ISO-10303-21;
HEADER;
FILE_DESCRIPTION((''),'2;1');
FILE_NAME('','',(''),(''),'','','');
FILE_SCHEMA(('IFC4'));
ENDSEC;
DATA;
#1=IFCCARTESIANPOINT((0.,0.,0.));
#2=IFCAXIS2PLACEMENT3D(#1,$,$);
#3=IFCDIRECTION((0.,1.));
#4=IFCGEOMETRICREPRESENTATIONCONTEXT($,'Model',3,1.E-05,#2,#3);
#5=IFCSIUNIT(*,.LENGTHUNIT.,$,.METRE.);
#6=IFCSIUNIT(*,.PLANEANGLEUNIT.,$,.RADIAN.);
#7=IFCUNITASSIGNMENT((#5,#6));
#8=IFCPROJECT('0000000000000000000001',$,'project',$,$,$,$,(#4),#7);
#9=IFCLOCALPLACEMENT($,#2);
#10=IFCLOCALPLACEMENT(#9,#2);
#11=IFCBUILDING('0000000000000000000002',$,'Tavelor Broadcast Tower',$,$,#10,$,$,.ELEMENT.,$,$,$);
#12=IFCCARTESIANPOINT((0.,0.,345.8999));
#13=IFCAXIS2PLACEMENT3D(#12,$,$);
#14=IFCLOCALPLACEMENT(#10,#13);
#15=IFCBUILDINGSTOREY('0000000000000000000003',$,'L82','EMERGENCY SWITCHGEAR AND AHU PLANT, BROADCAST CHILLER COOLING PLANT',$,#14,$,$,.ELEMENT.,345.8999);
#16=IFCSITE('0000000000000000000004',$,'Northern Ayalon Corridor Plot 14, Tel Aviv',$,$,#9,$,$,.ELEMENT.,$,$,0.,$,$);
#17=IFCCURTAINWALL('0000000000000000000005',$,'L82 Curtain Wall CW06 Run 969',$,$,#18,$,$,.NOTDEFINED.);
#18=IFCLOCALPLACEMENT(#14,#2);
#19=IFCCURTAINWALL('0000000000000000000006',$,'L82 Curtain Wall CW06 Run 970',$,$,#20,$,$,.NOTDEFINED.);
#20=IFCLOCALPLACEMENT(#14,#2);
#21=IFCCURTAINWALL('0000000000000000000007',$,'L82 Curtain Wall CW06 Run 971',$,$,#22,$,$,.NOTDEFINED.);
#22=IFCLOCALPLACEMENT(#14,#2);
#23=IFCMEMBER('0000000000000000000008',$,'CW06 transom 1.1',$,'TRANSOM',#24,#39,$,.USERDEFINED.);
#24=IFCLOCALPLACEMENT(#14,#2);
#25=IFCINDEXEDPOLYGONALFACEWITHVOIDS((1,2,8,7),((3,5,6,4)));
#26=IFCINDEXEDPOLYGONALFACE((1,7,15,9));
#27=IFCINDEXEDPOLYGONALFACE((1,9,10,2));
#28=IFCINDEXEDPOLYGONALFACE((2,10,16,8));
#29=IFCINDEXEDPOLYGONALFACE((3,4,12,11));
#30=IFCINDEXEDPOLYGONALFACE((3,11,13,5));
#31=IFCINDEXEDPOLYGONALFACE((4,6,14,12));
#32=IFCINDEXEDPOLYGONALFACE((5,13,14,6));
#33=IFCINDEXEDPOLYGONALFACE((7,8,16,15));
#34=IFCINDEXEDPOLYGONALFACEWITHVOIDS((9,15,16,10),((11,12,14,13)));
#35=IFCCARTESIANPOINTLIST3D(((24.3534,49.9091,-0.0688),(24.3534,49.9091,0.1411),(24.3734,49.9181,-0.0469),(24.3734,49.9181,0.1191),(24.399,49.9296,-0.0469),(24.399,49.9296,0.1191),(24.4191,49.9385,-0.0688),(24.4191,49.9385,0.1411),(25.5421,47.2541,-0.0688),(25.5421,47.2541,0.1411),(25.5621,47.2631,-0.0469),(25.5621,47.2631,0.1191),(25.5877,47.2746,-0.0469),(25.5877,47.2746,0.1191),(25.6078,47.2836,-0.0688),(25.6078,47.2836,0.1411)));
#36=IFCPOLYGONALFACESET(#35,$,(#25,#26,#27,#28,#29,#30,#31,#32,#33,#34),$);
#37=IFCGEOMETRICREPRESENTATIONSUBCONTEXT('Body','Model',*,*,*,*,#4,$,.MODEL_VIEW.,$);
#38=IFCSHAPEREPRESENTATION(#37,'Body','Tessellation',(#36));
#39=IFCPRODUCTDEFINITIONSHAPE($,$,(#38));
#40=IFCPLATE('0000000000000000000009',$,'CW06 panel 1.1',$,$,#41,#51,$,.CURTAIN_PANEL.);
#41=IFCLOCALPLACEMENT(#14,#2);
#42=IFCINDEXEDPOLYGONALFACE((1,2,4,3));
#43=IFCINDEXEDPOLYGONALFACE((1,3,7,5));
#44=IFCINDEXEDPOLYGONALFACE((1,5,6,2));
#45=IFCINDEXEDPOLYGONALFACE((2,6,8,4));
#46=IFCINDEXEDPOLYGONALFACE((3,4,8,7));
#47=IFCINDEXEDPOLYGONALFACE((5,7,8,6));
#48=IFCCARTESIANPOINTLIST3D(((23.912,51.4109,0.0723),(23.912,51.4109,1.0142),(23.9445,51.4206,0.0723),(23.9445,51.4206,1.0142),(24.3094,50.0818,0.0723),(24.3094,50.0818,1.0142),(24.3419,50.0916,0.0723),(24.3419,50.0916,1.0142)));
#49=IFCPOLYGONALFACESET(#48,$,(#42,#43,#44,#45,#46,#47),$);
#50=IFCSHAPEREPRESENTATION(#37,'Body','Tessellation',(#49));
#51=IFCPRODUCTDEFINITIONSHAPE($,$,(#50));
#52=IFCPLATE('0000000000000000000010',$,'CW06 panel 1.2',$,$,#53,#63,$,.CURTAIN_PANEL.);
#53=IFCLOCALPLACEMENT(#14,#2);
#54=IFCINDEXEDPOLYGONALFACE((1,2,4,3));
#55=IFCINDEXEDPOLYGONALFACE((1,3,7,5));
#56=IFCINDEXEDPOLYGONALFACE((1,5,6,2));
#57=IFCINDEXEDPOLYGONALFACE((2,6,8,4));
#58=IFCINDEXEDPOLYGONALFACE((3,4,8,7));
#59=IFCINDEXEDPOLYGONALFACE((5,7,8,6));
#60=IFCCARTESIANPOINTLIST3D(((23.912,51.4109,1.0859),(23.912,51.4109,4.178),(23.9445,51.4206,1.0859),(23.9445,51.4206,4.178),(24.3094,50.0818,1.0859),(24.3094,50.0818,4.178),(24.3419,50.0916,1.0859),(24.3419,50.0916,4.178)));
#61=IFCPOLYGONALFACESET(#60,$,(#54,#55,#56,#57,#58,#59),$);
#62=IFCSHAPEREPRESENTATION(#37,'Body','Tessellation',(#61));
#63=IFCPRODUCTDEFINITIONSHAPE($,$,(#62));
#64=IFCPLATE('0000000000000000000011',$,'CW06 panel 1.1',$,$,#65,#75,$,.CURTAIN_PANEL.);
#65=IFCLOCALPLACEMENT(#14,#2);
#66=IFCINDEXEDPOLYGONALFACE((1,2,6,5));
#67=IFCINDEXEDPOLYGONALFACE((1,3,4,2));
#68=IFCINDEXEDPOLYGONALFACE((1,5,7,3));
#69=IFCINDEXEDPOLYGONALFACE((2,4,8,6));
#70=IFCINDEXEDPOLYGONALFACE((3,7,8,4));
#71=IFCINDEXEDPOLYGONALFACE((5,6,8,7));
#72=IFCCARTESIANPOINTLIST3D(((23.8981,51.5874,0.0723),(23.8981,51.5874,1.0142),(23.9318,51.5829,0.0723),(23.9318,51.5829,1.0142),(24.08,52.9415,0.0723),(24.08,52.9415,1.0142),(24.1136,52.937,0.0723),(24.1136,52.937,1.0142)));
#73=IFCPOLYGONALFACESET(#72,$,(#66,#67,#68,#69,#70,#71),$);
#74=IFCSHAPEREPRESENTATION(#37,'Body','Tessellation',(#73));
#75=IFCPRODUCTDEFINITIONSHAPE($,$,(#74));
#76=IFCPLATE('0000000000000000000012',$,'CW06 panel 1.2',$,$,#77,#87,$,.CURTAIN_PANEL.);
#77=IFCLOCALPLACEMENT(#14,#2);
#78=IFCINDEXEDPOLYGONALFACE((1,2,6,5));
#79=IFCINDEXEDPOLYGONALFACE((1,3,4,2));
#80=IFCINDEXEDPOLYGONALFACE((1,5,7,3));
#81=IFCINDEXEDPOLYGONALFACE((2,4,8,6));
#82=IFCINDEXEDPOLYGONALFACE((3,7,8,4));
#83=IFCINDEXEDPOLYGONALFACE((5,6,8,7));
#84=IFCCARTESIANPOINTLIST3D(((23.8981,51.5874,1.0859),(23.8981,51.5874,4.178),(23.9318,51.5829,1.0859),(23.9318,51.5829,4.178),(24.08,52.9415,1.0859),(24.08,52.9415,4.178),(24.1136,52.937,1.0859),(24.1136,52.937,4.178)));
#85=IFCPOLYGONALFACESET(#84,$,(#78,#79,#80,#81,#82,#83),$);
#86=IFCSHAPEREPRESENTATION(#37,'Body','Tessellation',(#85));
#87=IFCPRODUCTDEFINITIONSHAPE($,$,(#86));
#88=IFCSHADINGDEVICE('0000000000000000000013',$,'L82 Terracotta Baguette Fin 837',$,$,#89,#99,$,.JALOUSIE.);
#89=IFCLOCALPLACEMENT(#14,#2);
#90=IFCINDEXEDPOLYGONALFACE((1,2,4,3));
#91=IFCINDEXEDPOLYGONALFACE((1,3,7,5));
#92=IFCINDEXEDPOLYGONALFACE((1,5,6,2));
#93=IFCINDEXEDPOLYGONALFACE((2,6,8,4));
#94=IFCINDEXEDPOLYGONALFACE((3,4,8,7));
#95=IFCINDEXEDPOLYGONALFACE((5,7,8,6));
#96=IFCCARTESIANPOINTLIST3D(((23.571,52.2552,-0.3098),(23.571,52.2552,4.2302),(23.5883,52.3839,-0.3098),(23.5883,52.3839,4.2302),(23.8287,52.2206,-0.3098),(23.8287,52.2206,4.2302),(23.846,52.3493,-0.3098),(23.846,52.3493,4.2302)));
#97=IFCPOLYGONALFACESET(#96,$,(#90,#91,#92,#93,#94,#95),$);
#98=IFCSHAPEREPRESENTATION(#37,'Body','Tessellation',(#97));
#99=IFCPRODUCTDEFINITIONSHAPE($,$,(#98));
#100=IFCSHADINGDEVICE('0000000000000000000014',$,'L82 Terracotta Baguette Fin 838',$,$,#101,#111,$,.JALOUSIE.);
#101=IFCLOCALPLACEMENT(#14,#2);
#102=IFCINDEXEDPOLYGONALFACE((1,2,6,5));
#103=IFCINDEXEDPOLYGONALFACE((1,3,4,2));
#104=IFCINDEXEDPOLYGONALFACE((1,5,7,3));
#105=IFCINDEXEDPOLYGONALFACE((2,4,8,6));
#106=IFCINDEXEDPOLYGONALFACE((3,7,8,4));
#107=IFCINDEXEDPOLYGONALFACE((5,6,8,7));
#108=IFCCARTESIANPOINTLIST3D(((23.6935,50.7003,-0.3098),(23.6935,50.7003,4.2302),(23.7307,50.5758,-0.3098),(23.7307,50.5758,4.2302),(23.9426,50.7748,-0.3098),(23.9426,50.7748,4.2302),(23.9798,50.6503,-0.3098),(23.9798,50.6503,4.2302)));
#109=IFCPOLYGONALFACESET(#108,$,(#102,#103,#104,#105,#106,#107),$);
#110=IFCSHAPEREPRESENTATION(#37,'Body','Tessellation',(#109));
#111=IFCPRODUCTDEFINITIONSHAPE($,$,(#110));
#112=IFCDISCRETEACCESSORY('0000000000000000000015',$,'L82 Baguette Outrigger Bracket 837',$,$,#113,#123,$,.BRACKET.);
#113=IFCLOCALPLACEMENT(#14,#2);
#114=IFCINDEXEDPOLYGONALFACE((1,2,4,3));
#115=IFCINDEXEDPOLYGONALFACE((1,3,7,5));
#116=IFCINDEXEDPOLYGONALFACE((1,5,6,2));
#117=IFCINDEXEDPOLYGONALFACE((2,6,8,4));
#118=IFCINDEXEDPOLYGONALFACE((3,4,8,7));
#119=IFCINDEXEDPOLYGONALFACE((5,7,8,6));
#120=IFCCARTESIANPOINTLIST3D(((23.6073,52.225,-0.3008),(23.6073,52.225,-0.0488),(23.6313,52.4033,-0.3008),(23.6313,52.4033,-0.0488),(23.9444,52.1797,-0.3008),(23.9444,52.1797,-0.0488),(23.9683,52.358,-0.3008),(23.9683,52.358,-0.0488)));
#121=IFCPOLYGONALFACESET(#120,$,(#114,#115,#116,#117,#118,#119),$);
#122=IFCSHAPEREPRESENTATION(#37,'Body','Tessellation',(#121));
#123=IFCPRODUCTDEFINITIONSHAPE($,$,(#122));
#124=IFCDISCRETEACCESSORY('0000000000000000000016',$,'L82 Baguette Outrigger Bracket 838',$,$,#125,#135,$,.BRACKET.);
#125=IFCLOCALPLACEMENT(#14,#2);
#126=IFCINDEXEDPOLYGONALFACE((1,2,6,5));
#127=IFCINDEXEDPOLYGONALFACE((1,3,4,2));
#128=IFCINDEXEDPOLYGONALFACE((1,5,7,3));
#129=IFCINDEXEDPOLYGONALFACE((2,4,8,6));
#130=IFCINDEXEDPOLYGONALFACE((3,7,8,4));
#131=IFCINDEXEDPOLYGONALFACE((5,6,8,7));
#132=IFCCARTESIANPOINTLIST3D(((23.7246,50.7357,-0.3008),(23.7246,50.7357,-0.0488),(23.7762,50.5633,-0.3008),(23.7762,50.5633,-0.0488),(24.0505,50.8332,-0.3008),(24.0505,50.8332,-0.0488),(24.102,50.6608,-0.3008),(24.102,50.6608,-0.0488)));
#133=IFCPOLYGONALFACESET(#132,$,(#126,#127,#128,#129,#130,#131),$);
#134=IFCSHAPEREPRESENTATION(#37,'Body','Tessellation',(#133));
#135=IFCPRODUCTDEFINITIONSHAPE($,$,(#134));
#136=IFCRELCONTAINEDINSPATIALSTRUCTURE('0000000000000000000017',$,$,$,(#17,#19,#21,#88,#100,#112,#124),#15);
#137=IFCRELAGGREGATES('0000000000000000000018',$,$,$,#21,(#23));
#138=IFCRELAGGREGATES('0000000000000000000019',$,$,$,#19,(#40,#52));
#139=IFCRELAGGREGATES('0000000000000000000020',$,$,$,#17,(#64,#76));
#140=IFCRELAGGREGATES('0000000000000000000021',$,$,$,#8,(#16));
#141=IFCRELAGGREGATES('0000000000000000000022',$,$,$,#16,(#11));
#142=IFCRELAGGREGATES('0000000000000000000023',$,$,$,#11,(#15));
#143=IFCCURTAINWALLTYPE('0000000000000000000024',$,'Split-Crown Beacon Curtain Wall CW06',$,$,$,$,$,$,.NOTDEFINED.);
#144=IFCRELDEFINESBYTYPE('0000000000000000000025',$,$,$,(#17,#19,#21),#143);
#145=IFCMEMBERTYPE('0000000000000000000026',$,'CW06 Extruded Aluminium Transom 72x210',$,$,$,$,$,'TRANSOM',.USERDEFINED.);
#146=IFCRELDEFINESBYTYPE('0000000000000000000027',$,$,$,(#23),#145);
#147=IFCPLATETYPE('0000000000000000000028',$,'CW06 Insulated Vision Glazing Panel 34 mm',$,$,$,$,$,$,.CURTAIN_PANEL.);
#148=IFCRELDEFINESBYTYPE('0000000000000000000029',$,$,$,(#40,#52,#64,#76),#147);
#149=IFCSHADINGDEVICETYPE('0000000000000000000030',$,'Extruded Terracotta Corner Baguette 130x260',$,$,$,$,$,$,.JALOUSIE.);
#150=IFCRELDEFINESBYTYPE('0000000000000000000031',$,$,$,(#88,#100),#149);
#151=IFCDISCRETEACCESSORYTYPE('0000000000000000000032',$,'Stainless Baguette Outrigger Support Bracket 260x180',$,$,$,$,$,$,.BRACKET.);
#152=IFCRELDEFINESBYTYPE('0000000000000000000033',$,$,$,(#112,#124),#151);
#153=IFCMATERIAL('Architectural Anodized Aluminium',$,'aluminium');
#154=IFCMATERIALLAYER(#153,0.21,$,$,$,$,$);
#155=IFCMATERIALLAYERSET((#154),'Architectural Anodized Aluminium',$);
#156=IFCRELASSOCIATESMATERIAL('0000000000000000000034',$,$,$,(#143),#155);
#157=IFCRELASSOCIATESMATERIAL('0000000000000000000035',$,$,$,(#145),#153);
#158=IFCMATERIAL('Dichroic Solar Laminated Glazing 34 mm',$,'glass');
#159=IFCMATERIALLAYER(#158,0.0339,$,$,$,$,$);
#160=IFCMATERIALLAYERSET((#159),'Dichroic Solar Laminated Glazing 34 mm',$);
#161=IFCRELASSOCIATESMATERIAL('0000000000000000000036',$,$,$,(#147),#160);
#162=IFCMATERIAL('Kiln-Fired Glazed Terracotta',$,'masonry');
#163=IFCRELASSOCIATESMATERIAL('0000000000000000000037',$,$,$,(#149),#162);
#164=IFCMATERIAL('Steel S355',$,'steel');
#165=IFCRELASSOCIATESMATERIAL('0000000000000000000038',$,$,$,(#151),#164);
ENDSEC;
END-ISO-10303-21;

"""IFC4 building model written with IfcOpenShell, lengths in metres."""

from ifc_helpers import new_model, si_unit, direction, frame, origin, origin_2d, place, context, subcontext, project, spatial, rectangle, hollow_rectangle, extrude, source, transform, mapped, material, layer, layer_set, material_profile, profile_set, type_object, type_shapes, element, aggregate, save


model = new_model("IFC4")

# Units and contexts
model_context = context("Model", 3, precision=1e-05, world=origin(), true_north=direction((0.0, 1.0)))
body_context = subcontext(model_context, "Body", "Model", "MODEL_VIEW")
ifc_project = project(units=[si_unit("LENGTHUNIT", "METRE"), si_unit("PLANEANGLEUNIT", "RADIAN")], contexts=[model_context])

# Site, building, storey
site_placement = place(None, origin())
site = spatial("IfcSite", under=ifc_project, at=site_placement, Name="Northern Ayalon Corridor Plot 14, Tel Aviv", CompositionType="ELEMENT", RefElevation=0.0)
building_placement = place(site_placement, origin())
building = spatial("IfcBuilding", under=site, at=building_placement, Name="Tavelor Broadcast Tower", CompositionType="ELEMENT")
storey_placement = place(building_placement, frame((0.0, 0.0, 345.8999)))
storey = spatial("IfcBuildingStorey", under=building, at=storey_placement, Name="L82", Description="EMERGENCY SWITCHGEAR AND AHU PLANT, BROADCAST CHILLER COOLING PLANT", CompositionType="ELEMENT", Elevation=345.8999)

# Curtain walls
ifc_material_1 = material(Name="Architectural Anodized Aluminium", Category="aluminium")
ifc_layer_1 = layer(ifc_material_1, 0.21)
ifc_layer_set_1 = layer_set([ifc_layer_1], Name="Architectural Anodized Aluminium")
curtain_wall_type = type_object("IfcCurtainWallType", Name="Split-Crown Beacon Curtain Wall CW06", PredefinedType="NOTDEFINED", material=ifc_layer_set_1)
curtain_wall_1_placement = place(storey_placement, origin())
curtain_wall_1 = element("IfcCurtainWall", 1, at=curtain_wall_1_placement, inside=storey, type_object=curtain_wall_type, Name="L82 Curtain Wall CW06 Run 969", PredefinedType="NOTDEFINED")
curtain_wall_2_placement = place(storey_placement, origin())
curtain_wall_2 = element("IfcCurtainWall", 2, at=curtain_wall_2_placement, inside=storey, type_object=curtain_wall_type, Name="L82 Curtain Wall CW06 Run 970", PredefinedType="NOTDEFINED")

# Curtain wall
curtain_wall_3_placement = place(storey_placement, origin())
curtain_wall_3 = element("IfcCurtainWall", 3, at=curtain_wall_3_placement, inside=storey, type_object=curtain_wall_type, Name="L82 Curtain Wall CW06 Run 971", PredefinedType="NOTDEFINED")

# Member
ifc_material_profile_1 = material_profile(ifc_material_1, hollow_rectangle(XDim=0.072, YDim=0.21, WallThickness=0.022, at=origin_2d()), Name="RHS 72x210x22")
ifc_profile_set_1 = profile_set([ifc_material_profile_1], Name="Architectural Anodized Aluminium")
member_type_1 = type_object("IfcMemberType", Name="CW06 Extruded Aluminium Transom 72x210", ElementType="TRANSOM", PredefinedType="USERDEFINED", material=ifc_profile_set_1)
shared_shape_1 = source(origin(), body_context, "Body", "SweptSolid", [
    extrude(hollow_rectangle(XDim=0.072, YDim=0.21, WallThickness=0.022, at=origin_2d()), origin(), (0.0, 0.0, 1.0), 2.9089),
])
member_1_placement = place(storey_placement, frame((24.3862, 49.9238, 0.0361), z_axis=(0.408637, -0.912697, 0.0), x_axis=(0.912697, 0.408637, 0.0)))
member_1 = element("IfcMember", 4, at=member_1_placement, type_object=member_type_1, Name="CW06 transom 1.1", ObjectType="TRANSOM", PredefinedType="USERDEFINED", context=body_context, shape_type="MappedRepresentation", body=[
    mapped(shared_shape_1, transform((0.0, 0.0, 0.0), scale=1.0)),
])
aggregate(curtain_wall_3, [member_1])

# Plates
ifc_material_2 = material(Name="Dichroic Solar Laminated Glazing 34 mm", Category="glass")
ifc_layer_2 = layer(ifc_material_2, 0.0339)
ifc_layer_set_2 = layer_set([ifc_layer_2], Name="Dichroic Solar Laminated Glazing 34 mm")
plate_type = type_object("IfcPlateType", Name="CW06 Insulated Vision Glazing Panel 34 mm", PredefinedType="CURTAIN_PANEL", material=ifc_layer_set_2)
shared_shape_2 = source(origin(), body_context, "Body", "SweptSolid", [
    extrude(rectangle(XDim=1.3872, YDim=0.0339, at=origin_2d()), origin(), (0.0, 0.0, 1.0), 0.9419),
])
plate_1_placement = place(storey_placement, frame((24.127, 50.7512, 0.0723), z_axis=(0.0, 0.0, 1.0), x_axis=(0.286491, -0.958083, 0.0)))
plate_1 = element("IfcPlate", 5, at=plate_1_placement, type_object=plate_type, Name="CW06 panel 1.1", PredefinedType="CURTAIN_PANEL", context=body_context, shape_type="MappedRepresentation", body=[
    mapped(shared_shape_2, transform((0.0, 0.0, 0.0), scale=1.0)),
])
shared_shape_3 = source(origin(), body_context, "Body", "SweptSolid", [
    extrude(rectangle(XDim=1.3872, YDim=0.0339, at=origin_2d()), origin(), (0.0, 0.0, 1.0), 3.092),
])
plate_2_placement = place(storey_placement, frame((24.127, 50.7512, 1.0859), z_axis=(0.0, 0.0, 1.0), x_axis=(0.286491, -0.958083, 0.0)))
plate_2 = element("IfcPlate", 6, at=plate_2_placement, type_object=plate_type, Name="CW06 panel 1.2", PredefinedType="CURTAIN_PANEL", context=body_context, shape_type="MappedRepresentation", body=[
    mapped(shared_shape_3, transform((0.0, 0.0, 0.0), scale=1.0)),
])
aggregate(curtain_wall_2, [plate_1, plate_2])
shared_shape_4 = source(origin(), body_context, "Body", "SweptSolid", [
    extrude(rectangle(XDim=1.3662, YDim=0.0339, at=origin_2d()), origin(), (0.0, 0.0, 1.0), 0.9419),
])
plate_3_placement = place(storey_placement, frame((24.0059, 52.2622, 0.0723), z_axis=(0.0, 0.0, 1.0), x_axis=(-0.133101, -0.991103, 0.0)))
plate_3 = element("IfcPlate", 7, at=plate_3_placement, type_object=plate_type, Name="CW06 panel 1.1", PredefinedType="CURTAIN_PANEL", context=body_context, shape_type="MappedRepresentation", body=[
    mapped(shared_shape_4, transform((0.0, 0.0, 0.0), scale=1.0)),
])
shared_shape_5 = source(origin(), body_context, "Body", "SweptSolid", [
    extrude(rectangle(XDim=1.3662, YDim=0.0339, at=origin_2d()), origin(), (0.0, 0.0, 1.0), 3.092),
])
type_shapes(plate_type, [shared_shape_2, shared_shape_3, shared_shape_4, shared_shape_5])
plate_4_placement = place(storey_placement, frame((24.0059, 52.2622, 1.0859), z_axis=(0.0, 0.0, 1.0), x_axis=(-0.133101, -0.991103, 0.0)))
plate_4 = element("IfcPlate", 8, at=plate_4_placement, type_object=plate_type, Name="CW06 panel 1.2", PredefinedType="CURTAIN_PANEL", context=body_context, shape_type="MappedRepresentation", body=[
    mapped(shared_shape_5, transform((0.0, 0.0, 0.0), scale=1.0)),
])
aggregate(curtain_wall_1, [plate_3, plate_4])

# Shading devices
ifc_material_3 = material(Name="Kiln-Fired Glazed Terracotta", Category="masonry")
shading_device_type = type_object("IfcShadingDeviceType", Name="Extruded Terracotta Corner Baguette 130x260", PredefinedType="JALOUSIE", material=ifc_material_3)
shared_shape_6 = source(origin(), body_context, "Body", "SweptSolid", [
    extrude(rectangle(XDim=0.1299, YDim=0.26, at=origin_2d()), origin(), (0.0, 0.0, 1.0), 4.54),
])
type_shapes(shading_device_type, [shared_shape_6])
for number, where, z_axis, x_axis, name in (
    (9, (23.7085, 52.3022, -0.3098), (0.0, 0.0, 1.0), (-0.133121, -0.9911, 0.0), "L82 Terracotta Baguette Fin 837"),
    (10, (23.8367, 50.6753, -0.3098), (0.0, 0.0, 1.0), (0.286525, -0.958073, 0.0), "L82 Terracotta Baguette Fin 838"),
):
    element("IfcShadingDevice", number, at=place(storey_placement, frame(where, z_axis=z_axis, x_axis=x_axis)), inside=storey, type_object=shading_device_type, Name=name, PredefinedType="JALOUSIE", context=body_context, shape_type="MappedRepresentation", body=[
        mapped(shared_shape_6, transform((0.0, 0.0, 0.0), scale=1.0)),
    ])

# Discrete accessories
ifc_material_4 = material(Name="Steel S355", Category="steel")
discrete_accessory_type = type_object("IfcDiscreteAccessoryType", Name="Stainless Baguette Outrigger Support Bracket 260x180", PredefinedType="BRACKET", material=ifc_material_4)
shared_shape_7 = source(origin(), body_context, "Body", "SweptSolid", [
    extrude(rectangle(XDim=0.1799, YDim=0.3401, at=origin_2d()), origin(), (0.0, 0.0, 1.0), 0.252),
])
type_shapes(discrete_accessory_type, [shared_shape_7])
for number, where, z_axis, x_axis, name in (
    (11, (23.7878, 52.2915, -0.3008), (0.0, 0.0, 1.0), (-0.133121, -0.9911, 0.0), "L82 Baguette Outrigger Bracket 837"),
    (12, (23.9133, 50.6982, -0.3008), (0.0, 0.0, 1.0), (0.286525, -0.958073, 0.0), "L82 Baguette Outrigger Bracket 838"),
):
    element("IfcDiscreteAccessory", number, at=place(storey_placement, frame(where, z_axis=z_axis, x_axis=x_axis)), inside=storey, type_object=discrete_accessory_type, Name=name, PredefinedType="BRACKET", context=body_context, shape_type="MappedRepresentation", body=[
        mapped(shared_shape_7, transform((0.0, 0.0, 0.0), scale=1.0)),
    ])

save(model, "model.ifc")
